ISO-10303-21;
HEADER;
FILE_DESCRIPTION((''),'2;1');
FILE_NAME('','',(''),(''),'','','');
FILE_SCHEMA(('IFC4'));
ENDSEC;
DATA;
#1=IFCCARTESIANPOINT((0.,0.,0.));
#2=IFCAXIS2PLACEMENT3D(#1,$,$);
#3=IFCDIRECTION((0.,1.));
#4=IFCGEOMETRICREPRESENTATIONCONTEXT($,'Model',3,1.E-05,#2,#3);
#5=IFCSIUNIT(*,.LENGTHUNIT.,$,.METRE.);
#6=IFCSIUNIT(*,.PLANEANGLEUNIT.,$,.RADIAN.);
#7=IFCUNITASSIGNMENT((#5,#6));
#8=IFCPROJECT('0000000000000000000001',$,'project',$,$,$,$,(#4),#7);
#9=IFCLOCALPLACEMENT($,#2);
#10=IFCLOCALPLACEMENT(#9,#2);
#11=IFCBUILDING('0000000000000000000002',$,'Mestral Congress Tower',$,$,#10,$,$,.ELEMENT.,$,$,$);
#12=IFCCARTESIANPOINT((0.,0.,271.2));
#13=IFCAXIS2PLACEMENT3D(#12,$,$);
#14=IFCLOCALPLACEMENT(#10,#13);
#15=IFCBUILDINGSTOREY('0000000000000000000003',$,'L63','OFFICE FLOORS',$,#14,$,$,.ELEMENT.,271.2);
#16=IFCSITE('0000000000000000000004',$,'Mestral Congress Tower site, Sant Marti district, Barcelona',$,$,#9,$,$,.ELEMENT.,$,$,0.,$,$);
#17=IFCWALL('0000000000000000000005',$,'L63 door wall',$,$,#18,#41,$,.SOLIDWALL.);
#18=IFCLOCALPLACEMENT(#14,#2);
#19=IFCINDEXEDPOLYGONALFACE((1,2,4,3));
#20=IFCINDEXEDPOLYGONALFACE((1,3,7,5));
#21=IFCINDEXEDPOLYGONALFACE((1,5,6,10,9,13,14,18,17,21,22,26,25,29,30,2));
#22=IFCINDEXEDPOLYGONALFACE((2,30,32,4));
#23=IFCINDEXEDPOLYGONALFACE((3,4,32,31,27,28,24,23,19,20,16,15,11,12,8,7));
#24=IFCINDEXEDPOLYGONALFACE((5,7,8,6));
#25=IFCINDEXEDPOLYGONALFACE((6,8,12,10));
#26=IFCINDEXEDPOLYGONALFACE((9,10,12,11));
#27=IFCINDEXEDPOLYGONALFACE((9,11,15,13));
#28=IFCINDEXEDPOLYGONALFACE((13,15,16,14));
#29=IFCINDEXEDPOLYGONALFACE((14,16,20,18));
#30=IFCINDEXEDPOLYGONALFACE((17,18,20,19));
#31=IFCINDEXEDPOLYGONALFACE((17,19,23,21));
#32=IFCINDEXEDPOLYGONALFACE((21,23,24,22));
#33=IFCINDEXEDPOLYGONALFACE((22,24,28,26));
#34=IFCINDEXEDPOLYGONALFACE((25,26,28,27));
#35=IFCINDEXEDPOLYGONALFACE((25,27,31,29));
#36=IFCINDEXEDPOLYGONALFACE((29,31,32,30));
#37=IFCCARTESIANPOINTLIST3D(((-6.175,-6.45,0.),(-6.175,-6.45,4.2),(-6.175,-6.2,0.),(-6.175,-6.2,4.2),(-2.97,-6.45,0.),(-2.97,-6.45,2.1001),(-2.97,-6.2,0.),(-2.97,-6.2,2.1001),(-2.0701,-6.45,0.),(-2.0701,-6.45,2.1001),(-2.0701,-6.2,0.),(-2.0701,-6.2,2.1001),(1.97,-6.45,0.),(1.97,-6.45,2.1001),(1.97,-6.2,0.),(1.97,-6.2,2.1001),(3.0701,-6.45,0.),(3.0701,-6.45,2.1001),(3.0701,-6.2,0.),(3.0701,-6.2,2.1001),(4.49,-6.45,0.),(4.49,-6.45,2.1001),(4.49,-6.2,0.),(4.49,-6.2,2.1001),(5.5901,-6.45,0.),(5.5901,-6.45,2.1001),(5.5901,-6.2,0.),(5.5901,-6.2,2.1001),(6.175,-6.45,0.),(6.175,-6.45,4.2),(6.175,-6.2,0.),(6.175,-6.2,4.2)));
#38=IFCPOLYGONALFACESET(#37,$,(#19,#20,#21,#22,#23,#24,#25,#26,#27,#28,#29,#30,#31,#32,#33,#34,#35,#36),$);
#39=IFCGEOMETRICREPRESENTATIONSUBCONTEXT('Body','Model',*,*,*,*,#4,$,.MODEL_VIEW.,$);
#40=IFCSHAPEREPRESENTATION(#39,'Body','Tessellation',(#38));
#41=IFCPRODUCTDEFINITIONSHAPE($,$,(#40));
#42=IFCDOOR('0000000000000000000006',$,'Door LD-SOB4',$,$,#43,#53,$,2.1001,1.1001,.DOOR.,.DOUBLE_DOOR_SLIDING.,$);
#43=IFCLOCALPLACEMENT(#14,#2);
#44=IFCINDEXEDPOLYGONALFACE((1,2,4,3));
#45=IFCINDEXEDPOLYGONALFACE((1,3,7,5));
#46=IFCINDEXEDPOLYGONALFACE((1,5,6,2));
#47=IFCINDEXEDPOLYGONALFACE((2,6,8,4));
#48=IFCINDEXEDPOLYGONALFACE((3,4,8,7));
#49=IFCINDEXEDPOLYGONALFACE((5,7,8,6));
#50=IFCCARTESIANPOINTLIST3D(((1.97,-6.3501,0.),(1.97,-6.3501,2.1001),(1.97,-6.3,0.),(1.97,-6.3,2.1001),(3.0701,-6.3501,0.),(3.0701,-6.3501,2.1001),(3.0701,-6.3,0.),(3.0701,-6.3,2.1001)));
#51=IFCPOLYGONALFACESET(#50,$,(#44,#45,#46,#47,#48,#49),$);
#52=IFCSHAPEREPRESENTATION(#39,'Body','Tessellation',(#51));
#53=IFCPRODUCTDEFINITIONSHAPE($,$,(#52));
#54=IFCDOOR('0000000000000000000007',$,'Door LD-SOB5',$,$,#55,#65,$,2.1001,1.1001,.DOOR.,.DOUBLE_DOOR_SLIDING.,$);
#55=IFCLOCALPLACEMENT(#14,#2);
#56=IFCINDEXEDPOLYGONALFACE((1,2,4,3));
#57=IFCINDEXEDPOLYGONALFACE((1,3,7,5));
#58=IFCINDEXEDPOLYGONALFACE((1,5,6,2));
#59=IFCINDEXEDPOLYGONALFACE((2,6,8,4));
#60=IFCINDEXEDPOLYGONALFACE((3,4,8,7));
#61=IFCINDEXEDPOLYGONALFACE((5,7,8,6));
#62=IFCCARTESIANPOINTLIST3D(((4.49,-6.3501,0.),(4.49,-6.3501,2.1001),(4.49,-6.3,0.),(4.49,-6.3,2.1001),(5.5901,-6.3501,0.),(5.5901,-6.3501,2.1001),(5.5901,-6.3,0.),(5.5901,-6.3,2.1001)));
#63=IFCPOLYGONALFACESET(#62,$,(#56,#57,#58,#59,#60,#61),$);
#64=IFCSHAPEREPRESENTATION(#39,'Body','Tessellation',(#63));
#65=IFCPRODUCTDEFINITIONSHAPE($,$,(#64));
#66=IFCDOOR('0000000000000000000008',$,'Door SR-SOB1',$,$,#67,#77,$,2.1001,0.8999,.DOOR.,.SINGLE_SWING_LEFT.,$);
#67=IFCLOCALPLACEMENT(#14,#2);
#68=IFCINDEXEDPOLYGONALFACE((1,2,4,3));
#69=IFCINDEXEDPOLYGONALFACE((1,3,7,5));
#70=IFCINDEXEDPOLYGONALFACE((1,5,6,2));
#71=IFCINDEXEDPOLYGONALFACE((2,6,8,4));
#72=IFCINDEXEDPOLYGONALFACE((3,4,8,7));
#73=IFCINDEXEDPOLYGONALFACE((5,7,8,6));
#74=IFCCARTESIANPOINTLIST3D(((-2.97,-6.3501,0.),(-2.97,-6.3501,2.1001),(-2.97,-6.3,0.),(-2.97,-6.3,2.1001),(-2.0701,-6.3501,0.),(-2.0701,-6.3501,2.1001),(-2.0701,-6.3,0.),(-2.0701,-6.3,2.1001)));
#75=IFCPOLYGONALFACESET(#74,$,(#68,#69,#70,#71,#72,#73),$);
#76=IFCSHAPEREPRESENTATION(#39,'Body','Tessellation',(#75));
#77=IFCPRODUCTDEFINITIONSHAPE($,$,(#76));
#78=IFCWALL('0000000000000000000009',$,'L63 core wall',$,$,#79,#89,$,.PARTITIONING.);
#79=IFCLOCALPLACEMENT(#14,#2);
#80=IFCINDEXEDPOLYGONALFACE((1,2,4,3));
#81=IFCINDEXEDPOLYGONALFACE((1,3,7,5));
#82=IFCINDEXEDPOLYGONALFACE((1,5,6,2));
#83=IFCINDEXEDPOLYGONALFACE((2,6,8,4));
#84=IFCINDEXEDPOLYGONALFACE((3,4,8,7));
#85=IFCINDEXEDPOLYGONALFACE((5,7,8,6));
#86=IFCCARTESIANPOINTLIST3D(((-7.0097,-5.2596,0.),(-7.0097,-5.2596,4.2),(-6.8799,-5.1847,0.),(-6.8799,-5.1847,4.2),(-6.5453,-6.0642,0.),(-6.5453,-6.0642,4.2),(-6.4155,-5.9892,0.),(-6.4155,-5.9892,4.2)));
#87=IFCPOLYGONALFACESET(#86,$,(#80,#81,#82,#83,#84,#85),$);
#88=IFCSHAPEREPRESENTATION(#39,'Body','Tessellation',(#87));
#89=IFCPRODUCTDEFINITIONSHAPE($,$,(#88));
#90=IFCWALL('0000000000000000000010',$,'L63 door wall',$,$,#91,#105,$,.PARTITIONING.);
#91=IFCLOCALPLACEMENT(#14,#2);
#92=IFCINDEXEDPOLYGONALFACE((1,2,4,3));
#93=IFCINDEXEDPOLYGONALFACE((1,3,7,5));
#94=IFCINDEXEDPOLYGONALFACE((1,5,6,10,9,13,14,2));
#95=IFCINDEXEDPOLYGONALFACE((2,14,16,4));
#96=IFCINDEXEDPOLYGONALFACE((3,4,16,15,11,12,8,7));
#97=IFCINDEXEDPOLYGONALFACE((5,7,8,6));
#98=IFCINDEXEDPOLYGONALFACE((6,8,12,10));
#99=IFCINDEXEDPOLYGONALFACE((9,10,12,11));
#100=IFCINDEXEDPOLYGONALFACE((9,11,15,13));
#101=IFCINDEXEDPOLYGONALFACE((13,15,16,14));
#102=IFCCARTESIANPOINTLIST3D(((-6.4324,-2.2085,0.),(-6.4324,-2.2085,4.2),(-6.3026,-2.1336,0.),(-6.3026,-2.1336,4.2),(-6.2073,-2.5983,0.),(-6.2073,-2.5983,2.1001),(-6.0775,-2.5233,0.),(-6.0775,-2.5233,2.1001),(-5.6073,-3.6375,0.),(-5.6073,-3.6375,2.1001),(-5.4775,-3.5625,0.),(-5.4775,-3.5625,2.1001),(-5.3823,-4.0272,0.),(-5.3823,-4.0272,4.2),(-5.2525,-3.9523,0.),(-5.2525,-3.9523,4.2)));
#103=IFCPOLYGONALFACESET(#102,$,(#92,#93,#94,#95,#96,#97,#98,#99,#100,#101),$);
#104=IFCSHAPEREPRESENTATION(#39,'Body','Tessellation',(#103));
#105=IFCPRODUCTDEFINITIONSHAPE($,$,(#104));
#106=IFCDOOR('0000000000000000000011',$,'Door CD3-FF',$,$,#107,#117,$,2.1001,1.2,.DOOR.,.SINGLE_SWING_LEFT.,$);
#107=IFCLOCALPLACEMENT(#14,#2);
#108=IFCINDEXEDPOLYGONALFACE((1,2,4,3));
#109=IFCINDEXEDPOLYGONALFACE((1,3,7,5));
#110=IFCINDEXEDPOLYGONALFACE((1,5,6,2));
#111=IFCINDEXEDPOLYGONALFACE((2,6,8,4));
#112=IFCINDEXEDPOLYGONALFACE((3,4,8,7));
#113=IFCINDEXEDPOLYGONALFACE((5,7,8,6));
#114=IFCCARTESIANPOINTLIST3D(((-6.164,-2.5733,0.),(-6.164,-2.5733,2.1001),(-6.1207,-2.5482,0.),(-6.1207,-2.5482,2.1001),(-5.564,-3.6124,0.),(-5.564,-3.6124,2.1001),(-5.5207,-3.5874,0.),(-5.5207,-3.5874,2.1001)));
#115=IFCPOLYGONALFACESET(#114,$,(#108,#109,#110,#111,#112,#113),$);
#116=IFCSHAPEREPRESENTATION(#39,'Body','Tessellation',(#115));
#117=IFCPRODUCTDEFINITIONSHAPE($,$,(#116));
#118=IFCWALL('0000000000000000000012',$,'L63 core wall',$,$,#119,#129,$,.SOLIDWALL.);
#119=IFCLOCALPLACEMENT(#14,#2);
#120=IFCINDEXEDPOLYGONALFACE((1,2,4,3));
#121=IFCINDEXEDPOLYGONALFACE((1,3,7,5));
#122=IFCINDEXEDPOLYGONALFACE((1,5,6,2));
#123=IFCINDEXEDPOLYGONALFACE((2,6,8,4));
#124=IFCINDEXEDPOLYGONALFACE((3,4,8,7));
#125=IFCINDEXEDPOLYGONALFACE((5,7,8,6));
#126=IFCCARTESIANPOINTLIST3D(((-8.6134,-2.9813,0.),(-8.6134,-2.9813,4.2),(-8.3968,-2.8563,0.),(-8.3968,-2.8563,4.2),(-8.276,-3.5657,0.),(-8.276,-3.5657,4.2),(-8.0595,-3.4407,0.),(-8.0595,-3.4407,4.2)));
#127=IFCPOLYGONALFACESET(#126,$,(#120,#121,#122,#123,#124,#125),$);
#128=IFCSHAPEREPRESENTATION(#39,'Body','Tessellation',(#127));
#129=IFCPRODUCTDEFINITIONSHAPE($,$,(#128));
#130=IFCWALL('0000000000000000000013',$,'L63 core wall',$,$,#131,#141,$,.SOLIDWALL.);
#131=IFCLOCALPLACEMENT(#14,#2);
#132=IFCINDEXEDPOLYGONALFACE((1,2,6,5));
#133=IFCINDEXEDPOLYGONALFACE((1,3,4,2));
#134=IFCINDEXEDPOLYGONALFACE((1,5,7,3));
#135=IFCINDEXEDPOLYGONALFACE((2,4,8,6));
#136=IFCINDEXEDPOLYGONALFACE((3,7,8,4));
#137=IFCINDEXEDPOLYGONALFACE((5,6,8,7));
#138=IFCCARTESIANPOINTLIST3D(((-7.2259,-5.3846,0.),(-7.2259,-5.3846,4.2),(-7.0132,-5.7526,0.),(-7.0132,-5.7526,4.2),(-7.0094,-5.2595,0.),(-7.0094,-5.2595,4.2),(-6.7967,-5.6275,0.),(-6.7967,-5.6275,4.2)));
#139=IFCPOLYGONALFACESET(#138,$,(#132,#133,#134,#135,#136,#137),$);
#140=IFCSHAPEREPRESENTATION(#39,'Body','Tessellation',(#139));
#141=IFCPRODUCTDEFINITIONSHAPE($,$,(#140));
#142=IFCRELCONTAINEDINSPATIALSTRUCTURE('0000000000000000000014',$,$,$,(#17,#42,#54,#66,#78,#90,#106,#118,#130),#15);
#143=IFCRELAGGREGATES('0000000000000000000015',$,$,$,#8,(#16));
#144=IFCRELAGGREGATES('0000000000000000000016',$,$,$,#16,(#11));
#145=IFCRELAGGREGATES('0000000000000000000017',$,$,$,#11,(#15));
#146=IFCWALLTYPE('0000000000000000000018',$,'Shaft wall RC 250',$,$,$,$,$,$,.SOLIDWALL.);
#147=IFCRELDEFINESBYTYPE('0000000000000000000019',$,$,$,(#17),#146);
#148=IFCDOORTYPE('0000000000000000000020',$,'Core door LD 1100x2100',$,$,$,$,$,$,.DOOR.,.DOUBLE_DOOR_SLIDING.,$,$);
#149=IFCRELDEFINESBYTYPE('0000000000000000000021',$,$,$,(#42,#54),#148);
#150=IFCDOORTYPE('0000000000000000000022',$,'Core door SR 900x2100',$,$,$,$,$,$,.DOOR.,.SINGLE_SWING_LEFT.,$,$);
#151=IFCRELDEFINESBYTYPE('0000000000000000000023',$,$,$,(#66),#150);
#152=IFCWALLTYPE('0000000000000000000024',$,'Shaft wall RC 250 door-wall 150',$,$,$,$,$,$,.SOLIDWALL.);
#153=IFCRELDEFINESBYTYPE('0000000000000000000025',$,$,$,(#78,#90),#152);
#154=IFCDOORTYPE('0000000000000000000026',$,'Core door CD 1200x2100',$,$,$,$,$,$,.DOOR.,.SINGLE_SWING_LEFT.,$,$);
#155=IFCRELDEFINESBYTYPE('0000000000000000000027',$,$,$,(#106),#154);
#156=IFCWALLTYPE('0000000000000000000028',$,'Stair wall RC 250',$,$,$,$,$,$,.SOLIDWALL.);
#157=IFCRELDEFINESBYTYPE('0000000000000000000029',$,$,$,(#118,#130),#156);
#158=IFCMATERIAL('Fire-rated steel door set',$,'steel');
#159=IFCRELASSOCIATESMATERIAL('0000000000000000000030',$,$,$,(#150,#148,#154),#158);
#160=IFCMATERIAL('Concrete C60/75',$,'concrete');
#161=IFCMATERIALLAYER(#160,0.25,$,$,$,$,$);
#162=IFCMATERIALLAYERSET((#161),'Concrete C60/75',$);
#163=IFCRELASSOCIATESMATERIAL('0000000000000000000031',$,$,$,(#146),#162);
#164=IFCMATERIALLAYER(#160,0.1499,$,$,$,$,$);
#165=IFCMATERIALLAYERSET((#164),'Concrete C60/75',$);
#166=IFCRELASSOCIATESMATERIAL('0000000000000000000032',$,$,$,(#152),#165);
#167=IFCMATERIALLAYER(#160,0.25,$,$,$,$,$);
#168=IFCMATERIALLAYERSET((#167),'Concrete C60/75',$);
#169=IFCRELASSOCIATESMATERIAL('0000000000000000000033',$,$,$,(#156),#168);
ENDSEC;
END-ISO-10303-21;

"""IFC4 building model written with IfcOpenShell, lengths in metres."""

from ifc_helpers import new_model, si_unit, direction, frame, frame_2d, origin, place, context, subcontext, project, spatial, rectangle, extrude, material, layer, layer_set, type_object, element, fill, save


model = new_model("IFC4")

# Units and contexts
model_context = context("Model", 3, precision=1e-05, world=origin(), true_north=direction((0.0, 1.0)))
body_context = subcontext(model_context, "Body", "Model", "MODEL_VIEW")
ifc_project = project(units=[si_unit("LENGTHUNIT", "METRE"), si_unit("PLANEANGLEUNIT", "RADIAN")], contexts=[model_context])

# Site, building, storey
site_placement = place(None, origin())
site = spatial("IfcSite", under=ifc_project, at=site_placement, Name="Mestral Congress Tower site, Sant Marti district, Barcelona", CompositionType="ELEMENT", RefElevation=0.0)
building_placement = place(site_placement, origin())
building = spatial("IfcBuilding", under=site, at=building_placement, Name="Mestral Congress Tower", CompositionType="ELEMENT")
storey_placement = place(building_placement, frame((0.0, 0.0, 271.2)))
storey = spatial("IfcBuildingStorey", under=building, at=storey_placement, Name="L63", Description="OFFICE FLOORS", CompositionType="ELEMENT", Elevation=271.2)

# Shared definitions
ifc_material_1 = material(Name="Fire-rated steel door set", Category="steel")
door_type_1 = type_object("IfcDoorType", Name="Core door SR 900x2100", OperationType="SINGLE_SWING_LEFT", PredefinedType="DOOR", material=ifc_material_1)

# Shared definitions
ifc_material_2 = material(Name="Concrete C60/75", Category="concrete")
ifc_layer_1 = layer(ifc_material_2, 0.25)
ifc_layer_set_1 = layer_set([ifc_layer_1], Name="Concrete C60/75")
wall_type_1 = type_object("IfcWallType", Name="Shaft wall RC 250", PredefinedType="SOLIDWALL", material=ifc_layer_set_1)

# Wall, openings, doors
wall_1_placement = place(storey_placement, frame((-6.175, -6.325, 0.0), z_axis=(0.0, 0.0, 1.0), x_axis=(1.0, 0.0, 0.0)))
wall_1 = element("IfcWall", 1, at=wall_1_placement, inside=storey, type_object=wall_type_1, Name="L63 door wall", PredefinedType="SOLIDWALL", context=body_context, shape_type="SweptSolid", body=[
    extrude(rectangle(XDim=12.3501, YDim=0.25, at=frame_2d((6.175, 0.0))), origin(), (0.0, 0.0, 1.0), 4.2),
])
opening_1_placement = place(wall_1_placement, frame((3.2051, 0.0, 0.0)))
opening_1 = element("IfcOpeningElement", 2, at=opening_1_placement, cuts=wall_1, PredefinedType="OPENING", context=body_context, shape_type="SweptSolid", body=[
    extrude(rectangle(XDim=0.8999, YDim=2.1001, at=frame_2d((0.45, 1.05))), frame((0.0, 0.135, 0.0), z_axis=(0.0, -1.0, 0.0), x_axis=(1.0, 0.0, 0.0)), (0.0, 0.0, 1.0), 0.27),
])
opening_2_placement = place(wall_1_placement, frame((8.145, 0.0, 0.0)))
opening_2 = element("IfcOpeningElement", 3, at=opening_2_placement, cuts=wall_1, PredefinedType="OPENING", context=body_context, shape_type="SweptSolid", body=[
    extrude(rectangle(XDim=1.1001, YDim=2.1001, at=frame_2d((0.55, 1.05))), frame((0.0, 0.135, 0.0), z_axis=(0.0, -1.0, 0.0), x_axis=(1.0, 0.0, 0.0)), (0.0, 0.0, 1.0), 0.27),
])
opening_3_placement = place(wall_1_placement, frame((10.665, 0.0, 0.0)))
opening_3 = element("IfcOpeningElement", 4, at=opening_3_placement, cuts=wall_1, PredefinedType="OPENING", context=body_context, shape_type="SweptSolid", body=[
    extrude(rectangle(XDim=1.1001, YDim=2.1001, at=frame_2d((0.55, 1.05))), frame((0.0, 0.135, 0.0), z_axis=(0.0, -1.0, 0.0), x_axis=(1.0, 0.0, 0.0)), (0.0, 0.0, 1.0), 0.27),
])
door_type_2 = type_object("IfcDoorType", Name="Core door LD 1100x2100", OperationType="DOUBLE_DOOR_SLIDING", PredefinedType="DOOR", material=ifc_material_1)
door_1_placement = place(opening_2_placement, origin())
door_1 = element("IfcDoor", 5, at=door_1_placement, inside=storey, type_object=door_type_2, Name="Door LD-SOB4", OperationType="DOUBLE_DOOR_SLIDING", OverallHeight=2.1001, OverallWidth=1.1001, PredefinedType="DOOR", context=body_context, shape_type="SweptSolid", body=[
    extrude(rectangle(XDim=1.1001, YDim=2.1001, at=frame_2d((0.55, 1.05))), frame((0.0, 0.0249, 0.0), z_axis=(0.0, -1.0, 0.0), x_axis=(1.0, 0.0, 0.0)), (0.0, 0.0, 1.0), 0.05),
])
fill(opening_2, door_1)
door_2_placement = place(opening_3_placement, origin())
door_2 = element("IfcDoor", 6, at=door_2_placement, inside=storey, type_object=door_type_2, Name="Door LD-SOB5", OperationType="DOUBLE_DOOR_SLIDING", OverallHeight=2.1001, OverallWidth=1.1001, PredefinedType="DOOR", context=body_context, shape_type="SweptSolid", body=[
    extrude(rectangle(XDim=1.1001, YDim=2.1001, at=frame_2d((0.55, 1.05))), frame((0.0, 0.0249, 0.0), z_axis=(0.0, -1.0, 0.0), x_axis=(1.0, 0.0, 0.0)), (0.0, 0.0, 1.0), 0.05),
])
fill(opening_3, door_2)
door_3_placement = place(opening_1_placement, origin())
door_3 = element("IfcDoor", 7, at=door_3_placement, inside=storey, type_object=door_type_1, Name="Door SR-SOB1", OperationType="SINGLE_SWING_LEFT", OverallHeight=2.1001, OverallWidth=0.8999, PredefinedType="DOOR", context=body_context, shape_type="SweptSolid", body=[
    extrude(rectangle(XDim=0.8999, YDim=2.1001, at=frame_2d((0.45, 1.05))), frame((0.0, 0.0249, 0.0), z_axis=(0.0, -1.0, 0.0), x_axis=(1.0, 0.0, 0.0)), (0.0, 0.0, 1.0), 0.05),
])
fill(opening_1, door_3)

# Wall
ifc_layer_2 = layer(ifc_material_2, 0.1499)
ifc_layer_set_2 = layer_set([ifc_layer_2], Name="Concrete C60/75")
wall_type_2 = type_object("IfcWallType", Name="Shaft wall RC 250 door-wall 150", PredefinedType="SOLIDWALL", material=ifc_layer_set_2)
wall_2_placement = place(storey_placement, frame((-6.4805, -6.0266, 0.0), z_axis=(0.0, 0.0, 1.0), x_axis=(-0.499927, 0.866067, 0.0)))
element("IfcWall", 8, at=wall_2_placement, inside=storey, type_object=wall_type_2, Name="L63 core wall", PredefinedType="PARTITIONING", context=body_context, shape_type="SweptSolid", body=[
    extrude(rectangle(XDim=0.929, YDim=0.1499, at=frame_2d((0.4644, 0.0))), origin(), (0.0, 0.0, 1.0), 4.2),
])

# Wall, opening, door
wall_3_placement = place(storey_placement, frame((-5.3174, -3.9897, 0.0), z_axis=(0.0, 0.0, 1.0), x_axis=(-0.500028, 0.866009, 0.0)))
wall_3 = element("IfcWall", 9, at=wall_3_placement, inside=storey, type_object=wall_type_2, Name="L63 door wall", PredefinedType="PARTITIONING", context=body_context, shape_type="SweptSolid", body=[
    extrude(rectangle(XDim=2.1001, YDim=0.1499, at=frame_2d((1.05, 0.0))), origin(), (0.0, 0.0, 1.0), 4.2),
])
opening_4_placement = place(wall_3_placement, frame((0.45, 0.0, 0.0)))
opening_4 = element("IfcOpeningElement", 10, at=opening_4_placement, cuts=wall_3, PredefinedType="OPENING", context=body_context, shape_type="SweptSolid", body=[
    extrude(rectangle(XDim=1.2, YDim=2.1001, at=frame_2d((0.6001, 1.05))), frame((0.0, 0.085, 0.0), z_axis=(0.0, -1.0, 0.0), x_axis=(1.0, 0.0, 0.0)), (0.0, 0.0, 1.0), 0.1699),
])
door_type_3 = type_object("IfcDoorType", Name="Core door CD 1200x2100", OperationType="SINGLE_SWING_LEFT", PredefinedType="DOOR", material=ifc_material_1)
door_4_placement = place(opening_4_placement, origin())
door_4 = element("IfcDoor", 11, at=door_4_placement, inside=storey, type_object=door_type_3, Name="Door CD3-FF", OperationType="SINGLE_SWING_LEFT", OverallHeight=2.1001, OverallWidth=1.2, PredefinedType="DOOR", context=body_context, shape_type="SweptSolid", body=[
    extrude(rectangle(XDim=1.2, YDim=2.1001, at=frame_2d((0.6001, 1.05))), frame((0.0, 0.0249, 0.0), z_axis=(0.0, -1.0, 0.0), x_axis=(1.0, 0.0, 0.0)), (0.0, 0.0, 1.0), 0.05),
])
fill(opening_4, door_4)

# Walls
ifc_layer_3 = layer(ifc_material_2, 0.25)
ifc_layer_set_3 = layer_set([ifc_layer_3], Name="Concrete C60/75")
wall_type_3 = type_object("IfcWallType", Name="Stair wall RC 250", PredefinedType="SOLIDWALL", material=ifc_layer_set_3)
wall_4_placement = place(storey_placement, frame((-8.1677, -3.5032, 0.0), z_axis=(0.0, 0.0, 1.0), x_axis=(-0.499952, 0.866053, 0.0)))
element("IfcWall", 12, at=wall_4_placement, inside=storey, type_object=wall_type_3, Name="L63 core wall", PredefinedType="SOLIDWALL", context=body_context, shape_type="SweptSolid", body=[
    extrude(rectangle(XDim=0.6748, YDim=0.25, at=frame_2d((0.3374, 0.0))), origin(), (0.0, 0.0, 1.0), 4.2),
])
wall_5_placement = place(storey_placement, frame((-6.905, -5.6899, 0.0), z_axis=(0.0, 0.0, 1.0), x_axis=(-0.500402, 0.865793, 0.0)))
element("IfcWall", 13, at=wall_5_placement, inside=storey, type_object=wall_type_3, Name="L63 core wall", PredefinedType="SOLIDWALL", context=body_context, shape_type="SweptSolid", body=[
    extrude(rectangle(XDim=0.425, YDim=0.25, at=frame_2d((0.2124, 0.0))), origin(), (0.0, 0.0, 1.0), 4.2),
])

save(model, "model.ifc")
